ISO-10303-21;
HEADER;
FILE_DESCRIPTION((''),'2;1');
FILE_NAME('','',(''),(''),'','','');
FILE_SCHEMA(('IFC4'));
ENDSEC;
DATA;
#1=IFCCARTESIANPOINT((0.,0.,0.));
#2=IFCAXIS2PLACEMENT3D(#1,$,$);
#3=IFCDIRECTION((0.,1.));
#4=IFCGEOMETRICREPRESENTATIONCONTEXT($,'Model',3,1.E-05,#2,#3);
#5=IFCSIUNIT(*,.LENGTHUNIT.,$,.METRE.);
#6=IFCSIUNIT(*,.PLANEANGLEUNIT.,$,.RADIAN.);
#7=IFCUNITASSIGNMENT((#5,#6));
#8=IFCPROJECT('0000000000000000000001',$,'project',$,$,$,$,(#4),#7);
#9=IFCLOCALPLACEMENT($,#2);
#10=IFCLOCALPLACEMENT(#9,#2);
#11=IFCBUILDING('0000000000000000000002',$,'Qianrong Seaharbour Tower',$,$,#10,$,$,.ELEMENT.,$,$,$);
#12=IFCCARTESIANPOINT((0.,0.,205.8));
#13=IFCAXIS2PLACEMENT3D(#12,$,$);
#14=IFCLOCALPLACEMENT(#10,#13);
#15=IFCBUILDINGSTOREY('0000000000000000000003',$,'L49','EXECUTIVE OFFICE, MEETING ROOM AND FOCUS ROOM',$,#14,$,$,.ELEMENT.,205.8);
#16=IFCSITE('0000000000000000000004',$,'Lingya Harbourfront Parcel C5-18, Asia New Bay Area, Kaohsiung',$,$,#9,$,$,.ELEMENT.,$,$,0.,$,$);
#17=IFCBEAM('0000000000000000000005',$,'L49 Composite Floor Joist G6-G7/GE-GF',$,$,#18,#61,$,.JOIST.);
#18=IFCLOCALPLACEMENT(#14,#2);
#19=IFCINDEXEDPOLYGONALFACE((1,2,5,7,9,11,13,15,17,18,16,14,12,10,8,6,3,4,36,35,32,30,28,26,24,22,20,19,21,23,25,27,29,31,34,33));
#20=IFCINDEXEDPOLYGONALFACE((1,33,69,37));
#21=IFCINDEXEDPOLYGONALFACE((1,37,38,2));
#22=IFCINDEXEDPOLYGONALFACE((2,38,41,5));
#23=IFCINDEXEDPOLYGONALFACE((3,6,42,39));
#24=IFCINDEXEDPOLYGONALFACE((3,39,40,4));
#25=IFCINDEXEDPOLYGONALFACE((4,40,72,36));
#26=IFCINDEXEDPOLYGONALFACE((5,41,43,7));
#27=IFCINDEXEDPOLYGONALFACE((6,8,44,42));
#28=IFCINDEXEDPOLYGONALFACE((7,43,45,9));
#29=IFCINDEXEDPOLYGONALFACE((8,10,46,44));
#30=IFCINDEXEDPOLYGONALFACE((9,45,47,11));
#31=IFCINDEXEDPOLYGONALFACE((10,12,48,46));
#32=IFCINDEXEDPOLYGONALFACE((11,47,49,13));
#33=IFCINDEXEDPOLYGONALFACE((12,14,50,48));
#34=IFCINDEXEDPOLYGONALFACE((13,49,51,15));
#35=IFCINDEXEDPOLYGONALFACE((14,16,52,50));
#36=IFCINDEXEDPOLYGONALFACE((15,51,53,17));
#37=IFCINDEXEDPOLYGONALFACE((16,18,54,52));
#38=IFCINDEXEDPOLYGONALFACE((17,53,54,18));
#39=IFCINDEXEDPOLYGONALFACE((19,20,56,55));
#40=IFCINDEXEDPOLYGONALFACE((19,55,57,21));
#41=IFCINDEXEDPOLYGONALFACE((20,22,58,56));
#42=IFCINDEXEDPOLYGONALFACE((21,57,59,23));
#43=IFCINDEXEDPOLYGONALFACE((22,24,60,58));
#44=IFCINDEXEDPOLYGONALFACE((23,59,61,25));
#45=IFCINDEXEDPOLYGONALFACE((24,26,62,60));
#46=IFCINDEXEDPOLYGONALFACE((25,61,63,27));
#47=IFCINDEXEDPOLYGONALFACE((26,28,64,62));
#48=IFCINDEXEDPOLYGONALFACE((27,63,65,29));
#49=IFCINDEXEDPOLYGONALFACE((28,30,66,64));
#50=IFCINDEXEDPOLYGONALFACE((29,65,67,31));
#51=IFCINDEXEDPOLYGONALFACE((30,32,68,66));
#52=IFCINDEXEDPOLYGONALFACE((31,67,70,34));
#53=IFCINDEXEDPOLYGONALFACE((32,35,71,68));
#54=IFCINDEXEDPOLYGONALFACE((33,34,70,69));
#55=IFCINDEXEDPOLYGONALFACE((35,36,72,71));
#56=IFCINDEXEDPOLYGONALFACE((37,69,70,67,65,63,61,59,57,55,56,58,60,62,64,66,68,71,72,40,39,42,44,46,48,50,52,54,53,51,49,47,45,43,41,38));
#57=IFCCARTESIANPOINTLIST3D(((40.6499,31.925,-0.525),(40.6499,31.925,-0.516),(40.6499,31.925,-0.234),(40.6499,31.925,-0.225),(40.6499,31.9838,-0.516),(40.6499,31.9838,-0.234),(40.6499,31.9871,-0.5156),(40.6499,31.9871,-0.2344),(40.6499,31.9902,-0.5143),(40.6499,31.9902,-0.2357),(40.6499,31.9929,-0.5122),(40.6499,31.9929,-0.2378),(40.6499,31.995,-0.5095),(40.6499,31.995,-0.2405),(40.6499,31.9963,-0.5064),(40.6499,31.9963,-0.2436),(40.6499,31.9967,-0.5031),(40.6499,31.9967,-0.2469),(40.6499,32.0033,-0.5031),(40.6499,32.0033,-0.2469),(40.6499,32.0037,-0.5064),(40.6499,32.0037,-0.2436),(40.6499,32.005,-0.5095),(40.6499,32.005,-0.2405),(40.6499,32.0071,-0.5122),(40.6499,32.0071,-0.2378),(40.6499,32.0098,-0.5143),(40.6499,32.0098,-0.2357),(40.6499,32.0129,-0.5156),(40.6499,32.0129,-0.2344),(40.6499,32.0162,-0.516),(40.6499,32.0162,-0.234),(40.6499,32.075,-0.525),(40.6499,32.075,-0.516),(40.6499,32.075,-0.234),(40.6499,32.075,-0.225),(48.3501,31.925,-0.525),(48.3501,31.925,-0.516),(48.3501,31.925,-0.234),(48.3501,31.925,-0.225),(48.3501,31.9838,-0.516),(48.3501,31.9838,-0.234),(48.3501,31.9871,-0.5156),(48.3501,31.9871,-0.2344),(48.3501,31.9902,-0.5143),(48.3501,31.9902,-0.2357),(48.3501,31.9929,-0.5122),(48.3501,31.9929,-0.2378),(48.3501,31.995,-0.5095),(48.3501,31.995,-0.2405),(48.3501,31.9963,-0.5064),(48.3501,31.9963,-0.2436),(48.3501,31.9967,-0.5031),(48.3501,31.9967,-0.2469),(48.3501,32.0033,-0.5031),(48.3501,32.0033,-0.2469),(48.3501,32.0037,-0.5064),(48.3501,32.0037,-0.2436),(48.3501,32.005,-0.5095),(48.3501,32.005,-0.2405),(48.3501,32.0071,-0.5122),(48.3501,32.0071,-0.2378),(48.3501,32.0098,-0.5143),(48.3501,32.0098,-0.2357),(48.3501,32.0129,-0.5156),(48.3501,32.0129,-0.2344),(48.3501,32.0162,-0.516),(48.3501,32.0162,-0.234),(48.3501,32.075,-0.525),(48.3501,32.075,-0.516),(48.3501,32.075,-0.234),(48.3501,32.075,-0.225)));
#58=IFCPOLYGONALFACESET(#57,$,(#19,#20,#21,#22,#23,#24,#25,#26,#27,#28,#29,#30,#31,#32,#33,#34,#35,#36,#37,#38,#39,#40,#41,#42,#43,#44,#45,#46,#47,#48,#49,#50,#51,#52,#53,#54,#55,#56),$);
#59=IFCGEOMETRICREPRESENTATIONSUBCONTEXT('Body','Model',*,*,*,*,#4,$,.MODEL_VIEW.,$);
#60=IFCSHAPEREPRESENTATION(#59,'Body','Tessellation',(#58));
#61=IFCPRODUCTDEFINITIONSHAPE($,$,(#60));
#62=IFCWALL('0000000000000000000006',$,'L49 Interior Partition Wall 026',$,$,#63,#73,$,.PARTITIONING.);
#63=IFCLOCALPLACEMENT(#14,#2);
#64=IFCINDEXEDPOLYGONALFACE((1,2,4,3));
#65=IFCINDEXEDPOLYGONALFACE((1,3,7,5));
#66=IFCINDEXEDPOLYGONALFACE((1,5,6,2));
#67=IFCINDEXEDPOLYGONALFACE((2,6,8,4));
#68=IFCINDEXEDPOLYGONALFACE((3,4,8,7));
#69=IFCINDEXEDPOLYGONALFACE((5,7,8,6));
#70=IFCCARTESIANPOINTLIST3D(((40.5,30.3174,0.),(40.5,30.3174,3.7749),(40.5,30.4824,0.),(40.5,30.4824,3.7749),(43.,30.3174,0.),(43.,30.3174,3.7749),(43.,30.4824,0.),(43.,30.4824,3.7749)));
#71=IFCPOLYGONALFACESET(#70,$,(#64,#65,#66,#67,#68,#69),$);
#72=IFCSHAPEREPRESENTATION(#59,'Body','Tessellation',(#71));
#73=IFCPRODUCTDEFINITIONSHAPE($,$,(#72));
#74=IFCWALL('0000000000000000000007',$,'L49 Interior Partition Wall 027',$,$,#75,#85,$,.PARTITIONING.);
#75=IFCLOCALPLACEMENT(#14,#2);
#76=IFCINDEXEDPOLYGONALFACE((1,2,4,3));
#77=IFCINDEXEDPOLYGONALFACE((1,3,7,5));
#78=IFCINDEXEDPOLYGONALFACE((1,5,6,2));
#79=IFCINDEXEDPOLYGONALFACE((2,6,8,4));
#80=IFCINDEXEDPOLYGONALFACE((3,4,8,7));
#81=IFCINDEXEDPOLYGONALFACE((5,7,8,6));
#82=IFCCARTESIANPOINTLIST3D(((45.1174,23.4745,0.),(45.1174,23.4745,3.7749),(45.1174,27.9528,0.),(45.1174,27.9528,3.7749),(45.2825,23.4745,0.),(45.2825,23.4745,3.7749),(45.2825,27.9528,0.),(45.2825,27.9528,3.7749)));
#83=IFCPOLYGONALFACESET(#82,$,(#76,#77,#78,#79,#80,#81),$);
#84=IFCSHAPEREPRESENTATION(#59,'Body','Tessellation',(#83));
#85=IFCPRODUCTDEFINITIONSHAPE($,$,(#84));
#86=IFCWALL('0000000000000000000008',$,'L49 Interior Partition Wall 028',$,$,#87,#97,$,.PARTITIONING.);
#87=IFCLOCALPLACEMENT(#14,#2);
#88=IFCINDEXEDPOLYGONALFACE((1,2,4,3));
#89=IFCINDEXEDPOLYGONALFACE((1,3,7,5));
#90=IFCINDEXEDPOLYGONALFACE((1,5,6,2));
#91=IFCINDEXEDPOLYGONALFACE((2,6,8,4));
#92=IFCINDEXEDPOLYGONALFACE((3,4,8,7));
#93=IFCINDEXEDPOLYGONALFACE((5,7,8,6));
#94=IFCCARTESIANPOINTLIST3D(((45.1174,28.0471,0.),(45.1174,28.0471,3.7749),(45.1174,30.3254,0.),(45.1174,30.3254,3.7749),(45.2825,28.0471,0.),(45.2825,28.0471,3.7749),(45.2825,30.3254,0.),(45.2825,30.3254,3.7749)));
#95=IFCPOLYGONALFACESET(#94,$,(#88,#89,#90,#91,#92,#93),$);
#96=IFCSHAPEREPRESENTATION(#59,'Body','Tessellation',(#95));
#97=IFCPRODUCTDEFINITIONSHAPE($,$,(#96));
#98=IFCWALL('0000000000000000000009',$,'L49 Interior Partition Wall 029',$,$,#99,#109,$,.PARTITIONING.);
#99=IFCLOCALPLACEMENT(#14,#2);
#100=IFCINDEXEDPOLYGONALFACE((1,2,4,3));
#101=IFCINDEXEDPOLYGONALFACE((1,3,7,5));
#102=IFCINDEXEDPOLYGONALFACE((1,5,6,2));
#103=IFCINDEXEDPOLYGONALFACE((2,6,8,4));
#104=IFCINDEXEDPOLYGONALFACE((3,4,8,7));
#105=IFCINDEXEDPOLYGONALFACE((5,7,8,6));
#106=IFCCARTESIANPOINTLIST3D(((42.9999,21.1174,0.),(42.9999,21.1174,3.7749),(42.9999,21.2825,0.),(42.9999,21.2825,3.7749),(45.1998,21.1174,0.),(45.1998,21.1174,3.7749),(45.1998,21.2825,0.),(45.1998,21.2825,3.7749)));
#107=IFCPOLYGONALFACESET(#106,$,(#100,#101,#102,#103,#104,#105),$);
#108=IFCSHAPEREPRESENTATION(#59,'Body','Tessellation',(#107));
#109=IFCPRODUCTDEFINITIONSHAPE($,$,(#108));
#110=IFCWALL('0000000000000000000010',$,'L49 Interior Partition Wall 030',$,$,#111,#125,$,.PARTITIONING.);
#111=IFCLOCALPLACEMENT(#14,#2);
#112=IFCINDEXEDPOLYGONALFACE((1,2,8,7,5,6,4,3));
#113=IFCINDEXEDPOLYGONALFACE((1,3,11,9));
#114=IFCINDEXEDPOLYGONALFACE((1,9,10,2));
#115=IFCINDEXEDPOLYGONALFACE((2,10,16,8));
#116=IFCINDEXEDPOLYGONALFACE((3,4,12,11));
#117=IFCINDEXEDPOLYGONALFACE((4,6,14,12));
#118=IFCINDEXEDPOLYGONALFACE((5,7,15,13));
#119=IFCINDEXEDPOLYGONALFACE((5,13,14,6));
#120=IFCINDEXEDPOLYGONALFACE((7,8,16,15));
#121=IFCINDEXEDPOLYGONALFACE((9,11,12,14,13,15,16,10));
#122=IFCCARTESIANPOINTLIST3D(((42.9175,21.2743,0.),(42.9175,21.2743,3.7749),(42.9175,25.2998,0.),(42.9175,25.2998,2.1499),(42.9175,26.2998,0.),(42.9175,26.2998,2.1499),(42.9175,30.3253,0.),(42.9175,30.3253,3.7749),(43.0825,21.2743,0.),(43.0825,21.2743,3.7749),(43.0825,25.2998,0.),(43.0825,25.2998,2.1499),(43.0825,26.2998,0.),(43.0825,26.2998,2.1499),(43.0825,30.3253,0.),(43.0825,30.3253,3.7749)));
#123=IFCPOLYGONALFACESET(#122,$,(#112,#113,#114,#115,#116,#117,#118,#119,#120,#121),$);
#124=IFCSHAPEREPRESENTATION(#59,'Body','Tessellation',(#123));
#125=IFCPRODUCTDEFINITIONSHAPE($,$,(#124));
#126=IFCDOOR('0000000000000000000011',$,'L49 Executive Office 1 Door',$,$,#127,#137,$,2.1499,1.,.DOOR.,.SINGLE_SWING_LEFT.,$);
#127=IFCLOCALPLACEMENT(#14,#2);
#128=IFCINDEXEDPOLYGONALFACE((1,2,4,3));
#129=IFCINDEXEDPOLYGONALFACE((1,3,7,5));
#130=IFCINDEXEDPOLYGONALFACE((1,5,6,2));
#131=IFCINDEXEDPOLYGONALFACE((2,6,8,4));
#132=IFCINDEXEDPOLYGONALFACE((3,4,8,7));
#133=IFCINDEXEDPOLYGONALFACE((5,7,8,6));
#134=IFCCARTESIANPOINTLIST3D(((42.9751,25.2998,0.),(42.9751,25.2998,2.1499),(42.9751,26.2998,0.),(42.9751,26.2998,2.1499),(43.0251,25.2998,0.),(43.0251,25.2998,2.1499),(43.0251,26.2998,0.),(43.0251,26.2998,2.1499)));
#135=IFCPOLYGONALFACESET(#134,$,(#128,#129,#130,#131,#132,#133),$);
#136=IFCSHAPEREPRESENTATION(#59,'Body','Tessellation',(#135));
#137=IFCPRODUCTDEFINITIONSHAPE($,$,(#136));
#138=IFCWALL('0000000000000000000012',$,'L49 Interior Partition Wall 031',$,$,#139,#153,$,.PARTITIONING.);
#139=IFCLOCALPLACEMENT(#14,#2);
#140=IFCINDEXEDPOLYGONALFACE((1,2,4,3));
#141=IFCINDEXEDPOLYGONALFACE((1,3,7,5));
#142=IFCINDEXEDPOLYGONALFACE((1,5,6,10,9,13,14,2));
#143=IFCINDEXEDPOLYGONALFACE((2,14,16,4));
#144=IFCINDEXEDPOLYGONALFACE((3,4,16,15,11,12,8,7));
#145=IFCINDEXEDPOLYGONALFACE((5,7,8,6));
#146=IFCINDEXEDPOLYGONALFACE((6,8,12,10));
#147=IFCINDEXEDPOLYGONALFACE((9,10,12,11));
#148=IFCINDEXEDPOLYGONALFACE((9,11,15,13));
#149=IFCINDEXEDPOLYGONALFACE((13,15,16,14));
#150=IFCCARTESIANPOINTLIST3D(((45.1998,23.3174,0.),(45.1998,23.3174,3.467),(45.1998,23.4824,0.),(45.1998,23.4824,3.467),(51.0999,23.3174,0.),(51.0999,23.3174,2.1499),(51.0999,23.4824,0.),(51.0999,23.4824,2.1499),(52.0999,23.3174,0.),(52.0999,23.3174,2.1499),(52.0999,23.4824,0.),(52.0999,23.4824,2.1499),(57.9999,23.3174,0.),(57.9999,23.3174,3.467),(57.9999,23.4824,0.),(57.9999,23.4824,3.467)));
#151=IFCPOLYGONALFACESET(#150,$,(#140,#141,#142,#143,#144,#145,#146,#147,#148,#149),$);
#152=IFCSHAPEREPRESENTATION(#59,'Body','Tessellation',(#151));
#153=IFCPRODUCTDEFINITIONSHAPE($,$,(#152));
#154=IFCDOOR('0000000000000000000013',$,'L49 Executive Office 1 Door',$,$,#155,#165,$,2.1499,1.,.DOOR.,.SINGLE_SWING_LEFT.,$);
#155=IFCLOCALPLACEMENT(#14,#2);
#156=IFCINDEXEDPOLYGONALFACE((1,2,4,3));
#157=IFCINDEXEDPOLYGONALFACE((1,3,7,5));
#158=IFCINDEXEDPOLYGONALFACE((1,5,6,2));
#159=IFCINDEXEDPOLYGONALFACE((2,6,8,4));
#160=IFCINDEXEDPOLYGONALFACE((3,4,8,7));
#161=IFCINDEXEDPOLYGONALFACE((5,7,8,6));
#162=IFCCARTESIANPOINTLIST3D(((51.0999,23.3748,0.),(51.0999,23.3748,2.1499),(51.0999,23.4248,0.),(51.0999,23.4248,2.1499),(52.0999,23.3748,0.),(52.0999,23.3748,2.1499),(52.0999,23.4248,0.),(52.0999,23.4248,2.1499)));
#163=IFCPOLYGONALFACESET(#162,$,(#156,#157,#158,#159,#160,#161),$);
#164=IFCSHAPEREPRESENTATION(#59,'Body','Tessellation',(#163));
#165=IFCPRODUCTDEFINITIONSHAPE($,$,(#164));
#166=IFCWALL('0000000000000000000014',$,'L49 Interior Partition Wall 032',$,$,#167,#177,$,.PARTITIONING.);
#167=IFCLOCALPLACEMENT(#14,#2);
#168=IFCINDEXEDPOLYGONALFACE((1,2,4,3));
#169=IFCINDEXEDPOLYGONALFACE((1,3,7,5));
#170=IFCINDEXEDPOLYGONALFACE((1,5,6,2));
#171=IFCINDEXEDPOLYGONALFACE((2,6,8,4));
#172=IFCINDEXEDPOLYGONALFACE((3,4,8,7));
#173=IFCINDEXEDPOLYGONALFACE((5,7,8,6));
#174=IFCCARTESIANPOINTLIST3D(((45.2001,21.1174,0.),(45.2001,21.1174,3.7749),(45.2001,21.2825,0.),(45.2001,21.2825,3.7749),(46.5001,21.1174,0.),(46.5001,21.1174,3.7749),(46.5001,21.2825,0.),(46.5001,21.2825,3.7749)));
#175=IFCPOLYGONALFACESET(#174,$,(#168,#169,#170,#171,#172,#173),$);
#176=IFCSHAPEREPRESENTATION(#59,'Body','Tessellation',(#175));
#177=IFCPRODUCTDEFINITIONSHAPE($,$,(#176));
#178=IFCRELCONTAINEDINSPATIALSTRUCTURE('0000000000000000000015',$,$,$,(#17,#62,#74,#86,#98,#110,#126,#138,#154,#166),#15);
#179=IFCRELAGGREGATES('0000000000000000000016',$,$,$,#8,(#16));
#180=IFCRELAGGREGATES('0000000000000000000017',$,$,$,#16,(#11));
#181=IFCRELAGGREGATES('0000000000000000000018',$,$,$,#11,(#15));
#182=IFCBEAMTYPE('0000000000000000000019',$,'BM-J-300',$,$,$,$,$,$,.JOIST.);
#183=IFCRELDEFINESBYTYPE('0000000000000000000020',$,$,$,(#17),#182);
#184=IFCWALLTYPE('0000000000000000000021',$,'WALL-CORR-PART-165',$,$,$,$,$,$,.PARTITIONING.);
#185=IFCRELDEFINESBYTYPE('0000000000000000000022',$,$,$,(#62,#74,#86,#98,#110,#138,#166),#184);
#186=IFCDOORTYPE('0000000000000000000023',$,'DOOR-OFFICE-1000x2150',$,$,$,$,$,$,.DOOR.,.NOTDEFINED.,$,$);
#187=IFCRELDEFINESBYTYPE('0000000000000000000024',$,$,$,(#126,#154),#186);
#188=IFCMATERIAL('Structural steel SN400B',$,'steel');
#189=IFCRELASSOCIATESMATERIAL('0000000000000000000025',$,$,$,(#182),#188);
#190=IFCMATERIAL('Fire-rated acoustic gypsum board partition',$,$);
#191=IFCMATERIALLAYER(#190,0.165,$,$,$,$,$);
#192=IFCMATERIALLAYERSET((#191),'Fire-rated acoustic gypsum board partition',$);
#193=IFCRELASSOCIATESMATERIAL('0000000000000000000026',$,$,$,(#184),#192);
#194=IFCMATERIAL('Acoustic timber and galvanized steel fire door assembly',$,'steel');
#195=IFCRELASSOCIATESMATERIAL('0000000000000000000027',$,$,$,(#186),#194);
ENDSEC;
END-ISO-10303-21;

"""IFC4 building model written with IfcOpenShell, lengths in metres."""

from ifc_helpers import new_model, si_unit, direction, frame, frame_2d, origin, origin_2d, place, context, subcontext, project, spatial, rectangle, i_section, extrude, material, layer, layer_set, material_profile, profile_set, type_object, element, fill, save


model = new_model("IFC4")

# Units and contexts
model_context = context("Model", 3, precision=1e-05, world=origin(), true_north=direction((0.0, 1.0)))
body_context = subcontext(model_context, "Body", "Model", "MODEL_VIEW")
ifc_project = project(units=[si_unit("LENGTHUNIT", "METRE"), si_unit("PLANEANGLEUNIT", "RADIAN")], contexts=[model_context])

# Site, building, storey
site_placement = place(None, origin())
site = spatial("IfcSite", under=ifc_project, at=site_placement, Name="Lingya Harbourfront Parcel C5-18, Asia New Bay Area, Kaohsiung", CompositionType="ELEMENT", RefElevation=0.0)
building_placement = place(site_placement, origin())
building = spatial("IfcBuilding", under=site, at=building_placement, Name="Qianrong Seaharbour Tower", CompositionType="ELEMENT")
storey_placement = place(building_placement, frame((0.0, 0.0, 205.8)))
storey = spatial("IfcBuildingStorey", under=building, at=storey_placement, Name="L49", Description="EXECUTIVE OFFICE, MEETING ROOM AND FOCUS ROOM", CompositionType="ELEMENT", Elevation=205.8)

# Beam
ifc_material_1 = material(Name="Structural steel SN400B", Category="steel")
ifc_material_profile_1 = material_profile(ifc_material_1, i_section(OverallWidth=0.1499, OverallDepth=0.3, WebThickness=0.0066, FlangeThickness=0.009, FilletRadius=0.0129, at=origin_2d()), Name="H300x150x6.5x9")
ifc_profile_set_1 = profile_set([ifc_material_profile_1], Name="Structural steel SN400B")
beam_type_1 = type_object("IfcBeamType", Name="BM-J-300", PredefinedType="JOIST", material=ifc_profile_set_1)
beam_1_placement = place(storey_placement, frame((40.6499, 32.0, -0.375), z_axis=(1.0, 0.0, 0.0), x_axis=(0.0, 1.0, 0.0)))
element("IfcBeam", 1, at=beam_1_placement, inside=storey, type_object=beam_type_1, Name="L49 Composite Floor Joist G6-G7/GE-GF", PredefinedType="JOIST", context=body_context, shape_type="SweptSolid", body=[
    extrude(i_section(OverallWidth=0.1499, OverallDepth=0.3, WebThickness=0.0066, FlangeThickness=0.009, FilletRadius=0.0129, at=origin_2d()), origin(), (0.0, 0.0, 1.0), 7.7002),
])

# Walls
ifc_material_2 = material(Name="Fire-rated acoustic gypsum board partition")
ifc_layer_1 = layer(ifc_material_2, 0.165)
ifc_layer_set_1 = layer_set([ifc_layer_1], Name="Fire-rated acoustic gypsum board partition")
wall_type_1 = type_object("IfcWallType", Name="WALL-CORR-PART-165", PredefinedType="PARTITIONING", material=ifc_layer_set_1)
wall_1_placement = place(storey_placement, frame((43.0, 30.3999, 0.0), z_axis=(0.0, 0.0, 1.0), x_axis=(-1.0, 0.0, 0.0)))
element("IfcWall", 2, at=wall_1_placement, inside=storey, type_object=wall_type_1, Name="L49 Interior Partition Wall 026", PredefinedType="PARTITIONING", context=body_context, shape_type="SweptSolid", body=[
    extrude(rectangle(XDim=2.5, YDim=0.165, at=frame_2d((1.25, 0.0))), origin(), (0.0, 0.0, 1.0), 3.7749),
])
wall_2_placement = place(storey_placement, frame((45.2, 27.9529, 0.0), z_axis=(0.0, 0.0, 1.0), x_axis=(0.0, -1.0, 0.0)))
element("IfcWall", 3, at=wall_2_placement, inside=storey, type_object=wall_type_1, Name="L49 Interior Partition Wall 027", PredefinedType="PARTITIONING", context=body_context, shape_type="SweptSolid", body=[
    extrude(rectangle(XDim=4.4783, YDim=0.165, at=frame_2d((2.2393, 0.0))), origin(), (0.0, 0.0, 1.0), 3.7749),
])
wall_3_placement = place(storey_placement, frame((45.2, 30.3254, 0.0), z_axis=(0.0, 0.0, 1.0), x_axis=(0.0, -1.0, 0.0)))
element("IfcWall", 4, at=wall_3_placement, inside=storey, type_object=wall_type_1, Name="L49 Interior Partition Wall 028", PredefinedType="PARTITIONING", context=body_context, shape_type="SweptSolid", body=[
    extrude(rectangle(XDim=2.2783, YDim=0.165, at=frame_2d((1.1392, 0.0))), origin(), (0.0, 0.0, 1.0), 3.7749),
])
wall_4_placement = place(storey_placement, frame((45.2, 21.2, 0.0), z_axis=(0.0, 0.0, 1.0), x_axis=(-1.0, 0.0, 0.0)))
element("IfcWall", 5, at=wall_4_placement, inside=storey, type_object=wall_type_1, Name="L49 Interior Partition Wall 029", PredefinedType="PARTITIONING", context=body_context, shape_type="SweptSolid", body=[
    extrude(rectangle(XDim=2.2, YDim=0.165, at=frame_2d((1.1001, 0.0))), origin(), (0.0, 0.0, 1.0), 3.7749),
])

# Walls, openings, doors
wall_5_placement = place(storey_placement, frame((43.0, 21.2744, 0.0), z_axis=(0.0, 0.0, 1.0), x_axis=(0.0, 1.0, 0.0)))
wall_5 = element("IfcWall", 6, at=wall_5_placement, inside=storey, type_object=wall_type_1, Name="L49 Interior Partition Wall 030", PredefinedType="PARTITIONING", context=body_context, shape_type="SweptSolid", body=[
    extrude(rectangle(XDim=9.051, YDim=0.165, at=frame_2d((4.5254, 0.0))), origin(), (0.0, 0.0, 1.0), 3.7749),
])
opening_1_placement = place(wall_5_placement, frame((4.0254, 0.0, 0.0)))
opening_1 = element("IfcOpeningElement", 7, at=opening_1_placement, cuts=wall_5, PredefinedType="OPENING", context=body_context, shape_type="SweptSolid", body=[
    extrude(rectangle(XDim=1.0, YDim=2.1499, at=frame_2d((0.5, 1.075))), frame((0.0, 0.0925, 0.0), z_axis=(0.0, -1.0, 0.0), x_axis=(1.0, 0.0, 0.0)), (0.0, 0.0, 1.0), 0.1851),
])
ifc_material_3 = material(Name="Acoustic timber and galvanized steel fire door assembly", Category="steel")
door_type_1 = type_object("IfcDoorType", Name="DOOR-OFFICE-1000x2150", OperationType="NOTDEFINED", PredefinedType="DOOR", material=ifc_material_3)
door_1_placement = place(opening_1_placement, origin())
door_1 = element("IfcDoor", 8, at=door_1_placement, inside=storey, type_object=door_type_1, Name="L49 Executive Office 1 Door", OperationType="SINGLE_SWING_LEFT", OverallHeight=2.1499, OverallWidth=1.0, PredefinedType="DOOR", context=body_context, shape_type="SweptSolid", body=[
    extrude(rectangle(XDim=1.0, YDim=2.1499, at=frame_2d((0.5, 1.075))), frame((0.0, 0.0249, 0.0), z_axis=(0.0, -1.0, 0.0), x_axis=(1.0, 0.0, 0.0)), (0.0, 0.0, 1.0), 0.05),
])
fill(opening_1, door_1)
wall_6_placement = place(storey_placement, frame((45.2, 23.3999, 0.0), z_axis=(0.0, 0.0, 1.0), x_axis=(1.0, 0.0, 0.0)))
wall_6 = element("IfcWall", 9, at=wall_6_placement, inside=storey, type_object=wall_type_1, Name="L49 Interior Partition Wall 031", PredefinedType="PARTITIONING", context=body_context, shape_type="SweptSolid", body=[
    extrude(rectangle(XDim=12.8, YDim=0.165, at=frame_2d((6.3999, 0.0))), origin(), (0.0, 0.0, 1.0), 3.467),
])
opening_2_placement = place(wall_6_placement, frame((5.8999, 0.0, 0.0)))
opening_2 = element("IfcOpeningElement", 10, at=opening_2_placement, cuts=wall_6, PredefinedType="OPENING", context=body_context, shape_type="SweptSolid", body=[
    extrude(rectangle(XDim=1.0, YDim=2.1499, at=frame_2d((0.5, 1.075))), frame((0.0, 0.0925, 0.0), z_axis=(0.0, -1.0, 0.0), x_axis=(1.0, 0.0, 0.0)), (0.0, 0.0, 1.0), 0.1851),
])
door_2_placement = place(opening_2_placement, origin())
door_2 = element("IfcDoor", 11, at=door_2_placement, inside=storey, type_object=door_type_1, Name="L49 Executive Office 1 Door", OperationType="SINGLE_SWING_LEFT", OverallHeight=2.1499, OverallWidth=1.0, PredefinedType="DOOR", context=body_context, shape_type="SweptSolid", body=[
    extrude(rectangle(XDim=1.0, YDim=2.1499, at=frame_2d((0.5, 1.075))), frame((0.0, 0.0249, 0.0), z_axis=(0.0, -1.0, 0.0), x_axis=(1.0, 0.0, 0.0)), (0.0, 0.0, 1.0), 0.05),
])
fill(opening_2, door_2)

# Wall
wall_7_placement = place(storey_placement, frame((46.5, 21.2, 0.0), z_axis=(0.0, 0.0, 1.0), x_axis=(-1.0, 0.0, 0.0)))
element("IfcWall", 12, at=wall_7_placement, inside=storey, type_object=wall_type_1, Name="L49 Interior Partition Wall 032", PredefinedType="PARTITIONING", context=body_context, shape_type="SweptSolid", body=[
    extrude(rectangle(XDim=1.3, YDim=0.165, at=frame_2d((0.6499, 0.0))), origin(), (0.0, 0.0, 1.0), 3.7749),
])

save(model, "model.ifc")
